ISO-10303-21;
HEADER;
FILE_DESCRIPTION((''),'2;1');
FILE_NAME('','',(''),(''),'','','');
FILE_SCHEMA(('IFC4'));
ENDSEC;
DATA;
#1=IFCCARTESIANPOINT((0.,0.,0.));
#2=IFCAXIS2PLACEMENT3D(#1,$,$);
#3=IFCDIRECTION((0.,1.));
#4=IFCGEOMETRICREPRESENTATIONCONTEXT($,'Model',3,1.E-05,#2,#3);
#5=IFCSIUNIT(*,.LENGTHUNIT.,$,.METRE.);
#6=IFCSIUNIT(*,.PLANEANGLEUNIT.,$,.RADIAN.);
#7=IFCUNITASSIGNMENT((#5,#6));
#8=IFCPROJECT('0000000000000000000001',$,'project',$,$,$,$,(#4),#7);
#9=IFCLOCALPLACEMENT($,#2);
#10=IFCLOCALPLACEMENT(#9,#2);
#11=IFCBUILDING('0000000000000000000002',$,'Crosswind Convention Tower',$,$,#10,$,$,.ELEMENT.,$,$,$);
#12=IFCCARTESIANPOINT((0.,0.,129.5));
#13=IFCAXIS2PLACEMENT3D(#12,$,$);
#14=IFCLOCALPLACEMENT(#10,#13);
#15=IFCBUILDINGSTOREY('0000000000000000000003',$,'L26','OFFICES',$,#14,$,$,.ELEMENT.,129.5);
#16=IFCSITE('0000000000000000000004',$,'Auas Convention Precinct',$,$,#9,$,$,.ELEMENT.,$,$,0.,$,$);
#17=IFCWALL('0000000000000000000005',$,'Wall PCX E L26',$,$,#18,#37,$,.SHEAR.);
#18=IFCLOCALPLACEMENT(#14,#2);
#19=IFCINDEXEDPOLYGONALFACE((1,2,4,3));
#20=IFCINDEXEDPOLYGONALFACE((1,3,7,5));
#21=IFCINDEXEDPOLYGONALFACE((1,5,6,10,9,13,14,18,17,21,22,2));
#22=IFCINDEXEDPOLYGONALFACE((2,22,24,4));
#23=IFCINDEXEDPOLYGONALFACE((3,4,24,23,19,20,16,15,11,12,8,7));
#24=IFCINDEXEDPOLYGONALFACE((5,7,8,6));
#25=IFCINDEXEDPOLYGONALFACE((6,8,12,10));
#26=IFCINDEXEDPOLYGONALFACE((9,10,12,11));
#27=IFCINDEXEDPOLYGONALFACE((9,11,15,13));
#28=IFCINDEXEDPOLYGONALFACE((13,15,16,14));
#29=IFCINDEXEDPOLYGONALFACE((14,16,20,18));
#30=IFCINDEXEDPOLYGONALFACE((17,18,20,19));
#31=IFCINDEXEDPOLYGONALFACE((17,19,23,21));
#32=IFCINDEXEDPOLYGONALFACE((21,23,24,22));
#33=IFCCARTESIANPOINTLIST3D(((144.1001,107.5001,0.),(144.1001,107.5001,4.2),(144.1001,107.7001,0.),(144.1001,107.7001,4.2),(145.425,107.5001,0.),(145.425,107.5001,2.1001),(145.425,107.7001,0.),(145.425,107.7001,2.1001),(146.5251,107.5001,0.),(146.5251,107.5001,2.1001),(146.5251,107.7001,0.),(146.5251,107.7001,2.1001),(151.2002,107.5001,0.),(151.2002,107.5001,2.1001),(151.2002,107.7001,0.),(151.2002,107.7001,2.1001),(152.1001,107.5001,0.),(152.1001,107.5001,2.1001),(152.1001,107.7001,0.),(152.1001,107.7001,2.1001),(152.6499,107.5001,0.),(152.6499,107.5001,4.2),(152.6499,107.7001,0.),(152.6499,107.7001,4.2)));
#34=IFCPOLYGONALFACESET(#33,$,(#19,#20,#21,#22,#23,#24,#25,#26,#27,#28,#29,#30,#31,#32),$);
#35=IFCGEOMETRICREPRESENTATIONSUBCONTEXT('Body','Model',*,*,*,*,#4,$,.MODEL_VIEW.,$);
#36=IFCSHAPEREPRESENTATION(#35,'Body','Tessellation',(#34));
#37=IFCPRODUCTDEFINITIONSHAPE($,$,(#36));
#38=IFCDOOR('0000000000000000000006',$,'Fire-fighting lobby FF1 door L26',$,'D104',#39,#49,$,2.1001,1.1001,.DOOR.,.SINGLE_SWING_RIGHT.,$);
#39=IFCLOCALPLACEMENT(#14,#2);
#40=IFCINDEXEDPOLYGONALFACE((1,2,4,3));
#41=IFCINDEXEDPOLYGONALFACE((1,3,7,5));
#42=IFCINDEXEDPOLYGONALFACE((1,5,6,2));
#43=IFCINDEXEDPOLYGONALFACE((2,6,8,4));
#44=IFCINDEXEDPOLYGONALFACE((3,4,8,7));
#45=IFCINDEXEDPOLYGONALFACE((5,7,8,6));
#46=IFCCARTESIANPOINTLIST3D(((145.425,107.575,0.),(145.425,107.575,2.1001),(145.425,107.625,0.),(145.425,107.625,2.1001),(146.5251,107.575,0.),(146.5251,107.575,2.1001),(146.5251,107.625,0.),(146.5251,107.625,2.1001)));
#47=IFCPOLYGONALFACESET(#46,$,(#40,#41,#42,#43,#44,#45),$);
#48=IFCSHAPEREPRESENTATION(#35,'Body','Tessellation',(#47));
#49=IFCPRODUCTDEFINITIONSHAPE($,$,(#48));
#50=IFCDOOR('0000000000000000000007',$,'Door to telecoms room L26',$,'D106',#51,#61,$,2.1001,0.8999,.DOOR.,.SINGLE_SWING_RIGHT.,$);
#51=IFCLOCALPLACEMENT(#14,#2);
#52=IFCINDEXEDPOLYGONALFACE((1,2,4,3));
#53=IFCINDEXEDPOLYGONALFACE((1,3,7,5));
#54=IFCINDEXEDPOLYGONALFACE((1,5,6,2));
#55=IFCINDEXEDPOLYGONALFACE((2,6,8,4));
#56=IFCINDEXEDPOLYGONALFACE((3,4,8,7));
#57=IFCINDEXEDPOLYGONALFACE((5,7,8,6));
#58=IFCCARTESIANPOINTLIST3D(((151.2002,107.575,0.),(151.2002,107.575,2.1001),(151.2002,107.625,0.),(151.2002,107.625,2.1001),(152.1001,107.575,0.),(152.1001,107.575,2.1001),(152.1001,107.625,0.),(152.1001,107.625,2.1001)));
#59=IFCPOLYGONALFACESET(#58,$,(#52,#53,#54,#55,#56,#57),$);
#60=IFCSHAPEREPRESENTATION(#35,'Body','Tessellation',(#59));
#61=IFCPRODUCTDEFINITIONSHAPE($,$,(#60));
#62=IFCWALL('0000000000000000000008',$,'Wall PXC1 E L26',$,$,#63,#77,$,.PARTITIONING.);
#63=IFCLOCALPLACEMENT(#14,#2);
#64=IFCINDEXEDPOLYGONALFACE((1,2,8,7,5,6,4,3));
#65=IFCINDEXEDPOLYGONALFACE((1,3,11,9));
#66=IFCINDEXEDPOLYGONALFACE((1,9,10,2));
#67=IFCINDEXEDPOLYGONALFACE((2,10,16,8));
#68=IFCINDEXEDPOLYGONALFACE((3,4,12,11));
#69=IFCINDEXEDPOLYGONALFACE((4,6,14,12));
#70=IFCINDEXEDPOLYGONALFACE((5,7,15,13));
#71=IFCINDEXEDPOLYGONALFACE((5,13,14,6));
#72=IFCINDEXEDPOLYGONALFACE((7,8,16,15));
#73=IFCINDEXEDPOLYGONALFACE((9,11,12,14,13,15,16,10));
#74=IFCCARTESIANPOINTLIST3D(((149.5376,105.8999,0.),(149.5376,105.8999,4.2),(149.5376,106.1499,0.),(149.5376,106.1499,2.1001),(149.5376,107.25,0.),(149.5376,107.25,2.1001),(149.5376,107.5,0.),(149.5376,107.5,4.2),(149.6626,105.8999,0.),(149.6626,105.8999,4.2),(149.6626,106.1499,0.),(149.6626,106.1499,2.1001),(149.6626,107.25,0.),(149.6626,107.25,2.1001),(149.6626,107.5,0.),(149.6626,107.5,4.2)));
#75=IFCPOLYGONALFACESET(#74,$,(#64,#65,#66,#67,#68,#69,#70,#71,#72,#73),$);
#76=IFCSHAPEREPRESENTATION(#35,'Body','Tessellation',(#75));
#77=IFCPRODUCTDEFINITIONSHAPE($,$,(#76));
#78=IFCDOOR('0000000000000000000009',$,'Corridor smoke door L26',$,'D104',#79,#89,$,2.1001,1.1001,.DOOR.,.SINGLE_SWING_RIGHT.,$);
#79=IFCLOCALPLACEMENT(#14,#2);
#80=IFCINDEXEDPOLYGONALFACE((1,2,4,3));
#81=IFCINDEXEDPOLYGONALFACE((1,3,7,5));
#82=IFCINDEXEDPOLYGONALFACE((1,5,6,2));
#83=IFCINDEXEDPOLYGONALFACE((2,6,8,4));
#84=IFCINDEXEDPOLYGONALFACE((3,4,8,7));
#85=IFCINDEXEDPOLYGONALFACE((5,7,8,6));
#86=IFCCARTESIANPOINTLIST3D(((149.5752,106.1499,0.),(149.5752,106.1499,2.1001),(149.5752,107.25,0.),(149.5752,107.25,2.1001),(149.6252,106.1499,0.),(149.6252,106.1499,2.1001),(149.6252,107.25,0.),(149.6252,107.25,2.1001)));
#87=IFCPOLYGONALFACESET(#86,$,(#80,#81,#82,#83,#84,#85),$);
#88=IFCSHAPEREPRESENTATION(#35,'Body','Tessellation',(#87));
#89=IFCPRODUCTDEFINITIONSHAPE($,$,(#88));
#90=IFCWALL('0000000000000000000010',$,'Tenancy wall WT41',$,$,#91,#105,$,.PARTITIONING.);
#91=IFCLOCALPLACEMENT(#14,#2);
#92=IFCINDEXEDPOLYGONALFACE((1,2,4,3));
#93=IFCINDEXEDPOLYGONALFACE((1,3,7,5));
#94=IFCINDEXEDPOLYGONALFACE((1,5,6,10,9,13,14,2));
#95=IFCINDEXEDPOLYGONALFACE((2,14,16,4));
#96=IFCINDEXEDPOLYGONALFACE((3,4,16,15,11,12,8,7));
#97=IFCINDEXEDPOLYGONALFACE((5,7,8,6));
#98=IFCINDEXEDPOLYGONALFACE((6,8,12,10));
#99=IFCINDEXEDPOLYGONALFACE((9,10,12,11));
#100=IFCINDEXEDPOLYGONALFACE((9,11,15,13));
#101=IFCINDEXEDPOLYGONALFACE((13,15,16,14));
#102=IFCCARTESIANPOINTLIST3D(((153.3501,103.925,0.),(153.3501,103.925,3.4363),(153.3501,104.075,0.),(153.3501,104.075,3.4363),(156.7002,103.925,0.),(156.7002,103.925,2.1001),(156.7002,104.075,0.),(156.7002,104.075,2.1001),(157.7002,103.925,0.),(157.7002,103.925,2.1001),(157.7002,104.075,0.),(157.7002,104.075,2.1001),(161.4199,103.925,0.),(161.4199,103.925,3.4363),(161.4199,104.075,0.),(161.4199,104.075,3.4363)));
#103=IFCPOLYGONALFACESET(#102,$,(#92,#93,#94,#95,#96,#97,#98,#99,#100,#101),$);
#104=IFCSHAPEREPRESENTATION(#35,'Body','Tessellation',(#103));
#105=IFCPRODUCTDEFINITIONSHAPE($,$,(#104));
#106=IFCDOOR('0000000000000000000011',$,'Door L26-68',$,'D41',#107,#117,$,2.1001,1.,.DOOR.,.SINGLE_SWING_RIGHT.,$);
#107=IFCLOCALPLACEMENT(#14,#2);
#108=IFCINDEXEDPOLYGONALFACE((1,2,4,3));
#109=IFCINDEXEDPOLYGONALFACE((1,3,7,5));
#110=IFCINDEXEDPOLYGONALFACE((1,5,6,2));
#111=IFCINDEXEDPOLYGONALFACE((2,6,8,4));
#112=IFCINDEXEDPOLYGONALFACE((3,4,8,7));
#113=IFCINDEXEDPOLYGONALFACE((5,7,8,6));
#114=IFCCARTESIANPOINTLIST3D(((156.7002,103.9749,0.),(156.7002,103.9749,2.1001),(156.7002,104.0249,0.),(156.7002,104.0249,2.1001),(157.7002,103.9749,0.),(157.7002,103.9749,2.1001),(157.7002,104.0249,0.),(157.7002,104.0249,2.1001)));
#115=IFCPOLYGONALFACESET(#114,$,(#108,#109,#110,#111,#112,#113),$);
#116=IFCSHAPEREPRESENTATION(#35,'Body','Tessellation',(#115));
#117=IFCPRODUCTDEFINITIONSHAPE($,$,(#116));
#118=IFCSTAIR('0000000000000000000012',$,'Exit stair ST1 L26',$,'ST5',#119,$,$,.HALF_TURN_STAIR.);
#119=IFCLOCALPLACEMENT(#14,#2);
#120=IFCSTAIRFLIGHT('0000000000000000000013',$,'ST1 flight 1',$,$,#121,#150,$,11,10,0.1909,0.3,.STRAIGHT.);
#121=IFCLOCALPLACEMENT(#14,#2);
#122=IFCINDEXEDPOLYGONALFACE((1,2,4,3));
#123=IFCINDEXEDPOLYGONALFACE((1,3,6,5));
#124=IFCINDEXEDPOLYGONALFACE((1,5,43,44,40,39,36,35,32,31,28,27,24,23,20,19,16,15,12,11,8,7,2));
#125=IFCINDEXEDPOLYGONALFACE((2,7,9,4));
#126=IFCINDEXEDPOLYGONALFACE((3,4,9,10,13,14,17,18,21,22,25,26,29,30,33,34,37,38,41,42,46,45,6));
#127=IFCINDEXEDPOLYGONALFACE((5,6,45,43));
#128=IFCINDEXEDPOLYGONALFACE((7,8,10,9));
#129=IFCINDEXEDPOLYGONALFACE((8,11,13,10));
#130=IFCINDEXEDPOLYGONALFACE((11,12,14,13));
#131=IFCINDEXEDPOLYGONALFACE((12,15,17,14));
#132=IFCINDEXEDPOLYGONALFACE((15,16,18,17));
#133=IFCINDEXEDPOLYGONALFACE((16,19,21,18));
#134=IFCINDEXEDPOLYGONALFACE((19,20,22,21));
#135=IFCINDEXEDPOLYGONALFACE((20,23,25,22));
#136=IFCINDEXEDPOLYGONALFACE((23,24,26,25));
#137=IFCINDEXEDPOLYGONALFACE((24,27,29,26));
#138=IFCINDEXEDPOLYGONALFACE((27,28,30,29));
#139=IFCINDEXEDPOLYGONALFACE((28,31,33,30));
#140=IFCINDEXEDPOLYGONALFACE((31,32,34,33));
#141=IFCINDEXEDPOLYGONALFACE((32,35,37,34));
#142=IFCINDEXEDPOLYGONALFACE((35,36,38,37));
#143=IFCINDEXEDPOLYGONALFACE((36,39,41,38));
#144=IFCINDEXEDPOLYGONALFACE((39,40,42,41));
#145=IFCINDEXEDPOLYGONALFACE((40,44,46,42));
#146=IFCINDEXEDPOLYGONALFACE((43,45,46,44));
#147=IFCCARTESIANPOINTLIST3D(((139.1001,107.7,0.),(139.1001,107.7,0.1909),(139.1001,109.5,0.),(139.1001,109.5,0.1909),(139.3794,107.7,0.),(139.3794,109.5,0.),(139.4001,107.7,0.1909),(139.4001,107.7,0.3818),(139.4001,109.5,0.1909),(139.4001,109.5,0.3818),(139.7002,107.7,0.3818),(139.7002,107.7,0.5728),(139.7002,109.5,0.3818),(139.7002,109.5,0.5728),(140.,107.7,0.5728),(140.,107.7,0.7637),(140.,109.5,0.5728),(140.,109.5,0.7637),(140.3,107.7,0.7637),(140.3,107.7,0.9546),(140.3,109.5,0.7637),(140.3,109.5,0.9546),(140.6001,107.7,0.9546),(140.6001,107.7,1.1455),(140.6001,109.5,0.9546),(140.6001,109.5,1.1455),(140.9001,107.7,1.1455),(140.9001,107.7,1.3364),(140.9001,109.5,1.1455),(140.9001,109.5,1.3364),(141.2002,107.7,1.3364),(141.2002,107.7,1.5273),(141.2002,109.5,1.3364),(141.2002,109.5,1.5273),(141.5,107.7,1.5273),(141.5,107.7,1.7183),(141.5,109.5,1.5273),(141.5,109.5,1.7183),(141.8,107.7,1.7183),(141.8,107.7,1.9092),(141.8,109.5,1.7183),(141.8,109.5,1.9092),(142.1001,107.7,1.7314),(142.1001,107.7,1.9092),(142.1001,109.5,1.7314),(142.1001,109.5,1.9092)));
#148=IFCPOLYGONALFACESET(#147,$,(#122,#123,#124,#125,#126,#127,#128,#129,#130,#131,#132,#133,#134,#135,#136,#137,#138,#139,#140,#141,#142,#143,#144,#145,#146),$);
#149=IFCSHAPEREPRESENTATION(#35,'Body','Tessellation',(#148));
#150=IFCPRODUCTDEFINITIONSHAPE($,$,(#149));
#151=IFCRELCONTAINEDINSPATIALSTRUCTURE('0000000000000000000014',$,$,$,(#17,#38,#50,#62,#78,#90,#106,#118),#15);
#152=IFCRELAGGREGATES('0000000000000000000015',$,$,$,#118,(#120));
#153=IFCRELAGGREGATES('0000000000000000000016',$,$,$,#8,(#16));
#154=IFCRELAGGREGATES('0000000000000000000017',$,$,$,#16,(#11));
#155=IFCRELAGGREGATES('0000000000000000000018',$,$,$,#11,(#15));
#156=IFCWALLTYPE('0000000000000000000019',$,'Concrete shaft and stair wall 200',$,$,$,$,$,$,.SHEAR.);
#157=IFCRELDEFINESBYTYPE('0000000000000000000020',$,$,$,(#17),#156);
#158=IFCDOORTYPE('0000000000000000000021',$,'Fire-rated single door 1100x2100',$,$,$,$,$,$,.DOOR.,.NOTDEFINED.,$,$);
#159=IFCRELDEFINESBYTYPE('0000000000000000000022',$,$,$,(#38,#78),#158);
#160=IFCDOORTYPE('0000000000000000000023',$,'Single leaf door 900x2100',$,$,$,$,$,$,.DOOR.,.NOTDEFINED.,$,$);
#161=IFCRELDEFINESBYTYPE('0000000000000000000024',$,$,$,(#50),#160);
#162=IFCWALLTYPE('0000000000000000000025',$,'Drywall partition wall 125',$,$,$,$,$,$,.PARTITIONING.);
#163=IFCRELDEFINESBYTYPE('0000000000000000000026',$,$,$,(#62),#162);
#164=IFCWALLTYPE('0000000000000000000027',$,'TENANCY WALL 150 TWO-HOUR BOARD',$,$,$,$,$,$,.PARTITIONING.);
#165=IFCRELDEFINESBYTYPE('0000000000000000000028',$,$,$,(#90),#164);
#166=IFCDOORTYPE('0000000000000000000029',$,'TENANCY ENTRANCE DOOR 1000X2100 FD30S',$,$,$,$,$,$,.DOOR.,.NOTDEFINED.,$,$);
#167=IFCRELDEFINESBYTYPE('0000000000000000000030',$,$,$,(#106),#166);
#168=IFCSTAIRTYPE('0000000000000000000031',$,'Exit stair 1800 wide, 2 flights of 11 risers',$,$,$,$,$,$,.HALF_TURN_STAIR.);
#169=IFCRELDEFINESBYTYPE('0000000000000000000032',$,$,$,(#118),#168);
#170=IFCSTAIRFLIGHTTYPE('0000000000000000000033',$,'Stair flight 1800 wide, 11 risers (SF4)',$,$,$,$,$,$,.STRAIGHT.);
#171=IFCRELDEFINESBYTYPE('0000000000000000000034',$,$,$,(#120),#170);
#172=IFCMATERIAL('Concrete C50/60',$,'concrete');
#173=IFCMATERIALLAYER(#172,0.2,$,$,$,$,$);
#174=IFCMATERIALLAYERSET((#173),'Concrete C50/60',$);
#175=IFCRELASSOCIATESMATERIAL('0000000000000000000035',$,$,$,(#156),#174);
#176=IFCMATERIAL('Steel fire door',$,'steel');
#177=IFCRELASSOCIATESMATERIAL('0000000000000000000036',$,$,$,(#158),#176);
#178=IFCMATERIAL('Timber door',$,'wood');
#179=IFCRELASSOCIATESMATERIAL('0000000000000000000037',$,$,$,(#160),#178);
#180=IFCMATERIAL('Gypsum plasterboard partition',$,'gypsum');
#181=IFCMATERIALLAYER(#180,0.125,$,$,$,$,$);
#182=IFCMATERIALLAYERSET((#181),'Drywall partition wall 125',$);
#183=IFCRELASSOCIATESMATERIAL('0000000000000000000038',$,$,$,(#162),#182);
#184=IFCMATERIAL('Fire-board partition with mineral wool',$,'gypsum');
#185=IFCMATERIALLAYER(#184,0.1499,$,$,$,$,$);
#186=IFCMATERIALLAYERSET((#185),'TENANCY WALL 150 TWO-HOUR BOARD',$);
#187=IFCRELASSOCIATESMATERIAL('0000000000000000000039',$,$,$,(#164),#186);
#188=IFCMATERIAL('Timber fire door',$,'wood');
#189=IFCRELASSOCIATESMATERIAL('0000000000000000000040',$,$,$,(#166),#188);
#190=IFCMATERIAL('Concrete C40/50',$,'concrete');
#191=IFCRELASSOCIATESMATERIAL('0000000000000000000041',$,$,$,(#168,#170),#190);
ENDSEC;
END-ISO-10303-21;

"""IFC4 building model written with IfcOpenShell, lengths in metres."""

from ifc_helpers import new_model, si_unit, direction, frame, frame_2d, origin, place, context, subcontext, project, spatial, polyline, rectangle, outline, extrude, material, layer, layer_set, type_object, element, fill, aggregate, save


model = new_model("IFC4")

# Units and contexts
model_context = context("Model", 3, precision=1e-05, world=origin(), true_north=direction((0.0, 1.0)))
body_context = subcontext(model_context, "Body", "Model", "MODEL_VIEW")
ifc_project = project(units=[si_unit("LENGTHUNIT", "METRE"), si_unit("PLANEANGLEUNIT", "RADIAN")], contexts=[model_context])

# Site, building, storey
site_placement = place(None, origin())
site = spatial("IfcSite", under=ifc_project, at=site_placement, Name="Auas Convention Precinct", CompositionType="ELEMENT", RefElevation=0.0)
building_placement = place(site_placement, origin())
building = spatial("IfcBuilding", under=site, at=building_placement, Name="Crosswind Convention Tower", CompositionType="ELEMENT")
storey_placement = place(building_placement, frame((0.0, 0.0, 129.5)))
storey = spatial("IfcBuildingStorey", under=building, at=storey_placement, Name="L26", Description="OFFICES", CompositionType="ELEMENT", Elevation=129.5)

# Shared definitions
ifc_material_1 = material(Name="Concrete C50/60", Category="concrete")
ifc_layer_1 = layer(ifc_material_1, 0.2)
ifc_layer_set_1 = layer_set([ifc_layer_1], Name="Concrete C50/60")
wall_type_1 = type_object("IfcWallType", Name="Concrete shaft and stair wall 200", PredefinedType="SHEAR", material=ifc_layer_set_1)

# Wall, openings, doors
wall_1_placement = place(storey_placement, frame((144.1001, 107.6001, 0.0), z_axis=(0.0, 0.0, 1.0), x_axis=(1.0, 0.0, 0.0)))
wall_1 = element("IfcWall", 1, at=wall_1_placement, inside=storey, type_object=wall_type_1, Name="Wall PCX E L26", PredefinedType="SHEAR", context=body_context, shape_type="SweptSolid", body=[
    extrude(rectangle(XDim=8.5498, YDim=0.2, at=frame_2d((4.2749, 0.0))), origin(), (0.0, 0.0, 1.0), 4.2),
])
opening_1_placement = place(wall_1_placement, frame((1.325, 0.0, 0.0)))
opening_1 = element("IfcOpeningElement", 2, at=opening_1_placement, cuts=wall_1, PredefinedType="OPENING", context=body_context, shape_type="SweptSolid", body=[
    extrude(rectangle(XDim=1.1001, YDim=2.1001, at=frame_2d((0.55, 1.05))), frame((0.0, 0.1099, 0.0), z_axis=(0.0, -1.0, 0.0), x_axis=(1.0, 0.0, 0.0)), (0.0, 0.0, 1.0), 0.22),
])
opening_2_placement = place(wall_1_placement, frame((7.1001, 0.0, 0.0)))
opening_2 = element("IfcOpeningElement", 3, at=opening_2_placement, cuts=wall_1, PredefinedType="OPENING", context=body_context, shape_type="SweptSolid", body=[
    extrude(rectangle(XDim=0.8999, YDim=2.1001, at=frame_2d((0.45, 1.05))), frame((0.0, 0.1099, 0.0), z_axis=(0.0, -1.0, 0.0), x_axis=(1.0, 0.0, 0.0)), (0.0, 0.0, 1.0), 0.22),
])
ifc_material_2 = material(Name="Steel fire door", Category="steel")
door_type_1 = type_object("IfcDoorType", Name="Fire-rated single door 1100x2100", OperationType="NOTDEFINED", PredefinedType="DOOR", material=ifc_material_2)
door_1_placement = place(opening_1_placement, origin())
door_1 = element("IfcDoor", 4, at=door_1_placement, inside=storey, type_object=door_type_1, Name="Fire-fighting lobby FF1 door L26", ObjectType="D104", OperationType="SINGLE_SWING_RIGHT", OverallHeight=2.1001, OverallWidth=1.1001, PredefinedType="DOOR", context=body_context, shape_type="SweptSolid", body=[
    extrude(rectangle(XDim=1.1001, YDim=2.1001, at=frame_2d((0.55, 1.05))), frame((0.0, 0.0249, 0.0), z_axis=(0.0, -1.0, 0.0), x_axis=(1.0, 0.0, 0.0)), (0.0, 0.0, 1.0), 0.05),
])
fill(opening_1, door_1)
ifc_material_3 = material(Name="Timber door", Category="wood")
door_type_2 = type_object("IfcDoorType", Name="Single leaf door 900x2100", OperationType="NOTDEFINED", PredefinedType="DOOR", material=ifc_material_3)
door_2_placement = place(opening_2_placement, origin())
door_2 = element("IfcDoor", 5, at=door_2_placement, inside=storey, type_object=door_type_2, Name="Door to telecoms room L26", ObjectType="D106", OperationType="SINGLE_SWING_RIGHT", OverallHeight=2.1001, OverallWidth=0.8999, PredefinedType="DOOR", context=body_context, shape_type="SweptSolid", body=[
    extrude(rectangle(XDim=0.8999, YDim=2.1001, at=frame_2d((0.45, 1.05))), frame((0.0, 0.0249, 0.0), z_axis=(0.0, -1.0, 0.0), x_axis=(1.0, 0.0, 0.0)), (0.0, 0.0, 1.0), 0.05),
])
fill(opening_2, door_2)

# Walls, openings, doors
ifc_material_4 = material(Name="Gypsum plasterboard partition", Category="gypsum")
ifc_layer_2 = layer(ifc_material_4, 0.125)
ifc_layer_set_2 = layer_set([ifc_layer_2], Name="Drywall partition wall 125")
wall_type_2 = type_object("IfcWallType", Name="Drywall partition wall 125", PredefinedType="PARTITIONING", material=ifc_layer_set_2)
wall_2_placement = place(storey_placement, frame((149.6001, 105.8999, 0.0), z_axis=(0.0, 0.0, 1.0), x_axis=(0.0, 1.0, 0.0)))
wall_2 = element("IfcWall", 6, at=wall_2_placement, inside=storey, type_object=wall_type_2, Name="Wall PXC1 E L26", PredefinedType="PARTITIONING", context=body_context, shape_type="SweptSolid", body=[
    extrude(rectangle(XDim=1.6001, YDim=0.125, at=frame_2d((0.8, 0.0))), origin(), (0.0, 0.0, 1.0), 4.2),
])
opening_3_placement = place(wall_2_placement, frame((0.25, 0.0, 0.0)))
opening_3 = element("IfcOpeningElement", 7, at=opening_3_placement, cuts=wall_2, PredefinedType="OPENING", context=body_context, shape_type="SweptSolid", body=[
    extrude(rectangle(XDim=1.1001, YDim=2.1001, at=frame_2d((0.55, 1.05))), frame((0.0, 0.0725, 0.0), z_axis=(0.0, -1.0, 0.0), x_axis=(1.0, 0.0, 0.0)), (0.0, 0.0, 1.0), 0.145),
])
door_3_placement = place(opening_3_placement, origin())
door_3 = element("IfcDoor", 8, at=door_3_placement, inside=storey, type_object=door_type_1, Name="Corridor smoke door L26", ObjectType="D104", OperationType="SINGLE_SWING_RIGHT", OverallHeight=2.1001, OverallWidth=1.1001, PredefinedType="DOOR", context=body_context, shape_type="SweptSolid", body=[
    extrude(rectangle(XDim=1.1001, YDim=2.1001, at=frame_2d((0.55, 1.05))), frame((0.0, 0.0249, 0.0), z_axis=(0.0, -1.0, 0.0), x_axis=(1.0, 0.0, 0.0)), (0.0, 0.0, 1.0), 0.05),
])
fill(opening_3, door_3)
ifc_material_5 = material(Name="Fire-board partition with mineral wool", Category="gypsum")
ifc_layer_3 = layer(ifc_material_5, 0.1499)
ifc_layer_set_3 = layer_set([ifc_layer_3], Name="TENANCY WALL 150 TWO-HOUR BOARD")
wall_type_3 = type_object("IfcWallType", Name="TENANCY WALL 150 TWO-HOUR BOARD", PredefinedType="PARTITIONING", material=ifc_layer_set_3)
wall_3_placement = place(storey_placement, frame((153.3501, 104.0, 0.0), z_axis=(0.0, 0.0, 1.0), x_axis=(1.0, 0.0, 0.0)))
wall_3 = element("IfcWall", 9, at=wall_3_placement, inside=storey, type_object=wall_type_3, Name="Tenancy wall WT41", PredefinedType="PARTITIONING", context=body_context, shape_type="SweptSolid", body=[
    extrude(rectangle(XDim=8.0698, YDim=0.1499, at=frame_2d((4.0349, 0.0))), origin(), (0.0, 0.0, 1.0), 3.4363),
])
opening_4_placement = place(wall_3_placement, frame((3.3501, 0.0, 0.0)))
opening_4 = element("IfcOpeningElement", 10, at=opening_4_placement, cuts=wall_3, PredefinedType="OPENING", context=body_context, shape_type="SweptSolid", body=[
    extrude(rectangle(XDim=1.0, YDim=2.1001, at=frame_2d((0.5, 1.05))), frame((0.0, 0.085, 0.0), z_axis=(0.0, -1.0, 0.0), x_axis=(1.0, 0.0, 0.0)), (0.0, 0.0, 1.0), 0.1699),
])
ifc_material_6 = material(Name="Timber fire door", Category="wood")
door_type_3 = type_object("IfcDoorType", Name="TENANCY ENTRANCE DOOR 1000X2100 FD30S", OperationType="NOTDEFINED", PredefinedType="DOOR", material=ifc_material_6)
door_4_placement = place(opening_4_placement, origin())
door_4 = element("IfcDoor", 11, at=door_4_placement, inside=storey, type_object=door_type_3, Name="Door L26-68", ObjectType="D41", OperationType="SINGLE_SWING_RIGHT", OverallHeight=2.1001, OverallWidth=1.0, PredefinedType="DOOR", context=body_context, shape_type="SweptSolid", body=[
    extrude(rectangle(XDim=1.0, YDim=2.1001, at=frame_2d((0.5, 1.05))), frame((0.0, 0.0249, 0.0), z_axis=(0.0, -1.0, 0.0), x_axis=(1.0, 0.0, 0.0)), (0.0, 0.0, 1.0), 0.05),
])
fill(opening_4, door_4)

# Stair, stair flight
ifc_material_7 = material(Name="Concrete C40/50", Category="concrete")
stair_type = type_object("IfcStairType", Name="Exit stair 1800 wide, 2 flights of 11 risers", PredefinedType="HALF_TURN_STAIR", material=ifc_material_7)
stair_placement = place(storey_placement, origin())
stair = element("IfcStair", 12, at=stair_placement, inside=storey, type_object=stair_type, Name="Exit stair ST1 L26", ObjectType="ST5", PredefinedType="HALF_TURN_STAIR")
stair_flight_type = type_object("IfcStairFlightType", Name="Stair flight 1800 wide, 11 risers (SF4)", PredefinedType="STRAIGHT", material=ifc_material_7)
stair_flight_1_placement = place(storey_placement, frame((139.1001, 108.6001, 0.0), z_axis=(0.0, 0.0, 1.0), x_axis=(1.0, 0.0, 0.0)))
stair_flight_1 = element("IfcStairFlight", 13, at=stair_flight_1_placement, type_object=stair_flight_type, Name="ST1 flight 1", NumberOfRisers=11, NumberOfTreads=10, PredefinedType="STRAIGHT", RiserHeight=0.1909, TreadLength=0.3, context=body_context, shape_type="SweptSolid", body=[
    extrude(outline(polyline([(0.0, 0.0), (0.0, 0.1909), (0.3, 0.1909), (0.3, 0.3818), (0.6001, 0.3818), (0.6001, 0.5728), (0.8999, 0.5728), (0.8999, 0.7637), (1.2, 0.7637), (1.2, 0.9546), (1.5, 0.9546), (1.5, 1.1455), (1.8, 1.1455), (1.8, 1.3364), (2.1001, 1.3364), (2.1001, 1.5273), (2.3999, 1.5273), (2.3999, 1.7183), (2.7, 1.7183), (2.7, 1.9092), (3.0, 1.9092), (3.0, 2.1001), (3.0, 1.7314), (0.2793, 0.0), (0.0, 0.0)])), frame((0.0, 0.8999, 0.0), z_axis=(0.0, -1.0, 0.0), x_axis=(1.0, 0.0, 0.0)), (0.0, 0.0, 1.0), 1.8),
])
aggregate(stair, [stair_flight_1])

save(model, "model.ifc")
